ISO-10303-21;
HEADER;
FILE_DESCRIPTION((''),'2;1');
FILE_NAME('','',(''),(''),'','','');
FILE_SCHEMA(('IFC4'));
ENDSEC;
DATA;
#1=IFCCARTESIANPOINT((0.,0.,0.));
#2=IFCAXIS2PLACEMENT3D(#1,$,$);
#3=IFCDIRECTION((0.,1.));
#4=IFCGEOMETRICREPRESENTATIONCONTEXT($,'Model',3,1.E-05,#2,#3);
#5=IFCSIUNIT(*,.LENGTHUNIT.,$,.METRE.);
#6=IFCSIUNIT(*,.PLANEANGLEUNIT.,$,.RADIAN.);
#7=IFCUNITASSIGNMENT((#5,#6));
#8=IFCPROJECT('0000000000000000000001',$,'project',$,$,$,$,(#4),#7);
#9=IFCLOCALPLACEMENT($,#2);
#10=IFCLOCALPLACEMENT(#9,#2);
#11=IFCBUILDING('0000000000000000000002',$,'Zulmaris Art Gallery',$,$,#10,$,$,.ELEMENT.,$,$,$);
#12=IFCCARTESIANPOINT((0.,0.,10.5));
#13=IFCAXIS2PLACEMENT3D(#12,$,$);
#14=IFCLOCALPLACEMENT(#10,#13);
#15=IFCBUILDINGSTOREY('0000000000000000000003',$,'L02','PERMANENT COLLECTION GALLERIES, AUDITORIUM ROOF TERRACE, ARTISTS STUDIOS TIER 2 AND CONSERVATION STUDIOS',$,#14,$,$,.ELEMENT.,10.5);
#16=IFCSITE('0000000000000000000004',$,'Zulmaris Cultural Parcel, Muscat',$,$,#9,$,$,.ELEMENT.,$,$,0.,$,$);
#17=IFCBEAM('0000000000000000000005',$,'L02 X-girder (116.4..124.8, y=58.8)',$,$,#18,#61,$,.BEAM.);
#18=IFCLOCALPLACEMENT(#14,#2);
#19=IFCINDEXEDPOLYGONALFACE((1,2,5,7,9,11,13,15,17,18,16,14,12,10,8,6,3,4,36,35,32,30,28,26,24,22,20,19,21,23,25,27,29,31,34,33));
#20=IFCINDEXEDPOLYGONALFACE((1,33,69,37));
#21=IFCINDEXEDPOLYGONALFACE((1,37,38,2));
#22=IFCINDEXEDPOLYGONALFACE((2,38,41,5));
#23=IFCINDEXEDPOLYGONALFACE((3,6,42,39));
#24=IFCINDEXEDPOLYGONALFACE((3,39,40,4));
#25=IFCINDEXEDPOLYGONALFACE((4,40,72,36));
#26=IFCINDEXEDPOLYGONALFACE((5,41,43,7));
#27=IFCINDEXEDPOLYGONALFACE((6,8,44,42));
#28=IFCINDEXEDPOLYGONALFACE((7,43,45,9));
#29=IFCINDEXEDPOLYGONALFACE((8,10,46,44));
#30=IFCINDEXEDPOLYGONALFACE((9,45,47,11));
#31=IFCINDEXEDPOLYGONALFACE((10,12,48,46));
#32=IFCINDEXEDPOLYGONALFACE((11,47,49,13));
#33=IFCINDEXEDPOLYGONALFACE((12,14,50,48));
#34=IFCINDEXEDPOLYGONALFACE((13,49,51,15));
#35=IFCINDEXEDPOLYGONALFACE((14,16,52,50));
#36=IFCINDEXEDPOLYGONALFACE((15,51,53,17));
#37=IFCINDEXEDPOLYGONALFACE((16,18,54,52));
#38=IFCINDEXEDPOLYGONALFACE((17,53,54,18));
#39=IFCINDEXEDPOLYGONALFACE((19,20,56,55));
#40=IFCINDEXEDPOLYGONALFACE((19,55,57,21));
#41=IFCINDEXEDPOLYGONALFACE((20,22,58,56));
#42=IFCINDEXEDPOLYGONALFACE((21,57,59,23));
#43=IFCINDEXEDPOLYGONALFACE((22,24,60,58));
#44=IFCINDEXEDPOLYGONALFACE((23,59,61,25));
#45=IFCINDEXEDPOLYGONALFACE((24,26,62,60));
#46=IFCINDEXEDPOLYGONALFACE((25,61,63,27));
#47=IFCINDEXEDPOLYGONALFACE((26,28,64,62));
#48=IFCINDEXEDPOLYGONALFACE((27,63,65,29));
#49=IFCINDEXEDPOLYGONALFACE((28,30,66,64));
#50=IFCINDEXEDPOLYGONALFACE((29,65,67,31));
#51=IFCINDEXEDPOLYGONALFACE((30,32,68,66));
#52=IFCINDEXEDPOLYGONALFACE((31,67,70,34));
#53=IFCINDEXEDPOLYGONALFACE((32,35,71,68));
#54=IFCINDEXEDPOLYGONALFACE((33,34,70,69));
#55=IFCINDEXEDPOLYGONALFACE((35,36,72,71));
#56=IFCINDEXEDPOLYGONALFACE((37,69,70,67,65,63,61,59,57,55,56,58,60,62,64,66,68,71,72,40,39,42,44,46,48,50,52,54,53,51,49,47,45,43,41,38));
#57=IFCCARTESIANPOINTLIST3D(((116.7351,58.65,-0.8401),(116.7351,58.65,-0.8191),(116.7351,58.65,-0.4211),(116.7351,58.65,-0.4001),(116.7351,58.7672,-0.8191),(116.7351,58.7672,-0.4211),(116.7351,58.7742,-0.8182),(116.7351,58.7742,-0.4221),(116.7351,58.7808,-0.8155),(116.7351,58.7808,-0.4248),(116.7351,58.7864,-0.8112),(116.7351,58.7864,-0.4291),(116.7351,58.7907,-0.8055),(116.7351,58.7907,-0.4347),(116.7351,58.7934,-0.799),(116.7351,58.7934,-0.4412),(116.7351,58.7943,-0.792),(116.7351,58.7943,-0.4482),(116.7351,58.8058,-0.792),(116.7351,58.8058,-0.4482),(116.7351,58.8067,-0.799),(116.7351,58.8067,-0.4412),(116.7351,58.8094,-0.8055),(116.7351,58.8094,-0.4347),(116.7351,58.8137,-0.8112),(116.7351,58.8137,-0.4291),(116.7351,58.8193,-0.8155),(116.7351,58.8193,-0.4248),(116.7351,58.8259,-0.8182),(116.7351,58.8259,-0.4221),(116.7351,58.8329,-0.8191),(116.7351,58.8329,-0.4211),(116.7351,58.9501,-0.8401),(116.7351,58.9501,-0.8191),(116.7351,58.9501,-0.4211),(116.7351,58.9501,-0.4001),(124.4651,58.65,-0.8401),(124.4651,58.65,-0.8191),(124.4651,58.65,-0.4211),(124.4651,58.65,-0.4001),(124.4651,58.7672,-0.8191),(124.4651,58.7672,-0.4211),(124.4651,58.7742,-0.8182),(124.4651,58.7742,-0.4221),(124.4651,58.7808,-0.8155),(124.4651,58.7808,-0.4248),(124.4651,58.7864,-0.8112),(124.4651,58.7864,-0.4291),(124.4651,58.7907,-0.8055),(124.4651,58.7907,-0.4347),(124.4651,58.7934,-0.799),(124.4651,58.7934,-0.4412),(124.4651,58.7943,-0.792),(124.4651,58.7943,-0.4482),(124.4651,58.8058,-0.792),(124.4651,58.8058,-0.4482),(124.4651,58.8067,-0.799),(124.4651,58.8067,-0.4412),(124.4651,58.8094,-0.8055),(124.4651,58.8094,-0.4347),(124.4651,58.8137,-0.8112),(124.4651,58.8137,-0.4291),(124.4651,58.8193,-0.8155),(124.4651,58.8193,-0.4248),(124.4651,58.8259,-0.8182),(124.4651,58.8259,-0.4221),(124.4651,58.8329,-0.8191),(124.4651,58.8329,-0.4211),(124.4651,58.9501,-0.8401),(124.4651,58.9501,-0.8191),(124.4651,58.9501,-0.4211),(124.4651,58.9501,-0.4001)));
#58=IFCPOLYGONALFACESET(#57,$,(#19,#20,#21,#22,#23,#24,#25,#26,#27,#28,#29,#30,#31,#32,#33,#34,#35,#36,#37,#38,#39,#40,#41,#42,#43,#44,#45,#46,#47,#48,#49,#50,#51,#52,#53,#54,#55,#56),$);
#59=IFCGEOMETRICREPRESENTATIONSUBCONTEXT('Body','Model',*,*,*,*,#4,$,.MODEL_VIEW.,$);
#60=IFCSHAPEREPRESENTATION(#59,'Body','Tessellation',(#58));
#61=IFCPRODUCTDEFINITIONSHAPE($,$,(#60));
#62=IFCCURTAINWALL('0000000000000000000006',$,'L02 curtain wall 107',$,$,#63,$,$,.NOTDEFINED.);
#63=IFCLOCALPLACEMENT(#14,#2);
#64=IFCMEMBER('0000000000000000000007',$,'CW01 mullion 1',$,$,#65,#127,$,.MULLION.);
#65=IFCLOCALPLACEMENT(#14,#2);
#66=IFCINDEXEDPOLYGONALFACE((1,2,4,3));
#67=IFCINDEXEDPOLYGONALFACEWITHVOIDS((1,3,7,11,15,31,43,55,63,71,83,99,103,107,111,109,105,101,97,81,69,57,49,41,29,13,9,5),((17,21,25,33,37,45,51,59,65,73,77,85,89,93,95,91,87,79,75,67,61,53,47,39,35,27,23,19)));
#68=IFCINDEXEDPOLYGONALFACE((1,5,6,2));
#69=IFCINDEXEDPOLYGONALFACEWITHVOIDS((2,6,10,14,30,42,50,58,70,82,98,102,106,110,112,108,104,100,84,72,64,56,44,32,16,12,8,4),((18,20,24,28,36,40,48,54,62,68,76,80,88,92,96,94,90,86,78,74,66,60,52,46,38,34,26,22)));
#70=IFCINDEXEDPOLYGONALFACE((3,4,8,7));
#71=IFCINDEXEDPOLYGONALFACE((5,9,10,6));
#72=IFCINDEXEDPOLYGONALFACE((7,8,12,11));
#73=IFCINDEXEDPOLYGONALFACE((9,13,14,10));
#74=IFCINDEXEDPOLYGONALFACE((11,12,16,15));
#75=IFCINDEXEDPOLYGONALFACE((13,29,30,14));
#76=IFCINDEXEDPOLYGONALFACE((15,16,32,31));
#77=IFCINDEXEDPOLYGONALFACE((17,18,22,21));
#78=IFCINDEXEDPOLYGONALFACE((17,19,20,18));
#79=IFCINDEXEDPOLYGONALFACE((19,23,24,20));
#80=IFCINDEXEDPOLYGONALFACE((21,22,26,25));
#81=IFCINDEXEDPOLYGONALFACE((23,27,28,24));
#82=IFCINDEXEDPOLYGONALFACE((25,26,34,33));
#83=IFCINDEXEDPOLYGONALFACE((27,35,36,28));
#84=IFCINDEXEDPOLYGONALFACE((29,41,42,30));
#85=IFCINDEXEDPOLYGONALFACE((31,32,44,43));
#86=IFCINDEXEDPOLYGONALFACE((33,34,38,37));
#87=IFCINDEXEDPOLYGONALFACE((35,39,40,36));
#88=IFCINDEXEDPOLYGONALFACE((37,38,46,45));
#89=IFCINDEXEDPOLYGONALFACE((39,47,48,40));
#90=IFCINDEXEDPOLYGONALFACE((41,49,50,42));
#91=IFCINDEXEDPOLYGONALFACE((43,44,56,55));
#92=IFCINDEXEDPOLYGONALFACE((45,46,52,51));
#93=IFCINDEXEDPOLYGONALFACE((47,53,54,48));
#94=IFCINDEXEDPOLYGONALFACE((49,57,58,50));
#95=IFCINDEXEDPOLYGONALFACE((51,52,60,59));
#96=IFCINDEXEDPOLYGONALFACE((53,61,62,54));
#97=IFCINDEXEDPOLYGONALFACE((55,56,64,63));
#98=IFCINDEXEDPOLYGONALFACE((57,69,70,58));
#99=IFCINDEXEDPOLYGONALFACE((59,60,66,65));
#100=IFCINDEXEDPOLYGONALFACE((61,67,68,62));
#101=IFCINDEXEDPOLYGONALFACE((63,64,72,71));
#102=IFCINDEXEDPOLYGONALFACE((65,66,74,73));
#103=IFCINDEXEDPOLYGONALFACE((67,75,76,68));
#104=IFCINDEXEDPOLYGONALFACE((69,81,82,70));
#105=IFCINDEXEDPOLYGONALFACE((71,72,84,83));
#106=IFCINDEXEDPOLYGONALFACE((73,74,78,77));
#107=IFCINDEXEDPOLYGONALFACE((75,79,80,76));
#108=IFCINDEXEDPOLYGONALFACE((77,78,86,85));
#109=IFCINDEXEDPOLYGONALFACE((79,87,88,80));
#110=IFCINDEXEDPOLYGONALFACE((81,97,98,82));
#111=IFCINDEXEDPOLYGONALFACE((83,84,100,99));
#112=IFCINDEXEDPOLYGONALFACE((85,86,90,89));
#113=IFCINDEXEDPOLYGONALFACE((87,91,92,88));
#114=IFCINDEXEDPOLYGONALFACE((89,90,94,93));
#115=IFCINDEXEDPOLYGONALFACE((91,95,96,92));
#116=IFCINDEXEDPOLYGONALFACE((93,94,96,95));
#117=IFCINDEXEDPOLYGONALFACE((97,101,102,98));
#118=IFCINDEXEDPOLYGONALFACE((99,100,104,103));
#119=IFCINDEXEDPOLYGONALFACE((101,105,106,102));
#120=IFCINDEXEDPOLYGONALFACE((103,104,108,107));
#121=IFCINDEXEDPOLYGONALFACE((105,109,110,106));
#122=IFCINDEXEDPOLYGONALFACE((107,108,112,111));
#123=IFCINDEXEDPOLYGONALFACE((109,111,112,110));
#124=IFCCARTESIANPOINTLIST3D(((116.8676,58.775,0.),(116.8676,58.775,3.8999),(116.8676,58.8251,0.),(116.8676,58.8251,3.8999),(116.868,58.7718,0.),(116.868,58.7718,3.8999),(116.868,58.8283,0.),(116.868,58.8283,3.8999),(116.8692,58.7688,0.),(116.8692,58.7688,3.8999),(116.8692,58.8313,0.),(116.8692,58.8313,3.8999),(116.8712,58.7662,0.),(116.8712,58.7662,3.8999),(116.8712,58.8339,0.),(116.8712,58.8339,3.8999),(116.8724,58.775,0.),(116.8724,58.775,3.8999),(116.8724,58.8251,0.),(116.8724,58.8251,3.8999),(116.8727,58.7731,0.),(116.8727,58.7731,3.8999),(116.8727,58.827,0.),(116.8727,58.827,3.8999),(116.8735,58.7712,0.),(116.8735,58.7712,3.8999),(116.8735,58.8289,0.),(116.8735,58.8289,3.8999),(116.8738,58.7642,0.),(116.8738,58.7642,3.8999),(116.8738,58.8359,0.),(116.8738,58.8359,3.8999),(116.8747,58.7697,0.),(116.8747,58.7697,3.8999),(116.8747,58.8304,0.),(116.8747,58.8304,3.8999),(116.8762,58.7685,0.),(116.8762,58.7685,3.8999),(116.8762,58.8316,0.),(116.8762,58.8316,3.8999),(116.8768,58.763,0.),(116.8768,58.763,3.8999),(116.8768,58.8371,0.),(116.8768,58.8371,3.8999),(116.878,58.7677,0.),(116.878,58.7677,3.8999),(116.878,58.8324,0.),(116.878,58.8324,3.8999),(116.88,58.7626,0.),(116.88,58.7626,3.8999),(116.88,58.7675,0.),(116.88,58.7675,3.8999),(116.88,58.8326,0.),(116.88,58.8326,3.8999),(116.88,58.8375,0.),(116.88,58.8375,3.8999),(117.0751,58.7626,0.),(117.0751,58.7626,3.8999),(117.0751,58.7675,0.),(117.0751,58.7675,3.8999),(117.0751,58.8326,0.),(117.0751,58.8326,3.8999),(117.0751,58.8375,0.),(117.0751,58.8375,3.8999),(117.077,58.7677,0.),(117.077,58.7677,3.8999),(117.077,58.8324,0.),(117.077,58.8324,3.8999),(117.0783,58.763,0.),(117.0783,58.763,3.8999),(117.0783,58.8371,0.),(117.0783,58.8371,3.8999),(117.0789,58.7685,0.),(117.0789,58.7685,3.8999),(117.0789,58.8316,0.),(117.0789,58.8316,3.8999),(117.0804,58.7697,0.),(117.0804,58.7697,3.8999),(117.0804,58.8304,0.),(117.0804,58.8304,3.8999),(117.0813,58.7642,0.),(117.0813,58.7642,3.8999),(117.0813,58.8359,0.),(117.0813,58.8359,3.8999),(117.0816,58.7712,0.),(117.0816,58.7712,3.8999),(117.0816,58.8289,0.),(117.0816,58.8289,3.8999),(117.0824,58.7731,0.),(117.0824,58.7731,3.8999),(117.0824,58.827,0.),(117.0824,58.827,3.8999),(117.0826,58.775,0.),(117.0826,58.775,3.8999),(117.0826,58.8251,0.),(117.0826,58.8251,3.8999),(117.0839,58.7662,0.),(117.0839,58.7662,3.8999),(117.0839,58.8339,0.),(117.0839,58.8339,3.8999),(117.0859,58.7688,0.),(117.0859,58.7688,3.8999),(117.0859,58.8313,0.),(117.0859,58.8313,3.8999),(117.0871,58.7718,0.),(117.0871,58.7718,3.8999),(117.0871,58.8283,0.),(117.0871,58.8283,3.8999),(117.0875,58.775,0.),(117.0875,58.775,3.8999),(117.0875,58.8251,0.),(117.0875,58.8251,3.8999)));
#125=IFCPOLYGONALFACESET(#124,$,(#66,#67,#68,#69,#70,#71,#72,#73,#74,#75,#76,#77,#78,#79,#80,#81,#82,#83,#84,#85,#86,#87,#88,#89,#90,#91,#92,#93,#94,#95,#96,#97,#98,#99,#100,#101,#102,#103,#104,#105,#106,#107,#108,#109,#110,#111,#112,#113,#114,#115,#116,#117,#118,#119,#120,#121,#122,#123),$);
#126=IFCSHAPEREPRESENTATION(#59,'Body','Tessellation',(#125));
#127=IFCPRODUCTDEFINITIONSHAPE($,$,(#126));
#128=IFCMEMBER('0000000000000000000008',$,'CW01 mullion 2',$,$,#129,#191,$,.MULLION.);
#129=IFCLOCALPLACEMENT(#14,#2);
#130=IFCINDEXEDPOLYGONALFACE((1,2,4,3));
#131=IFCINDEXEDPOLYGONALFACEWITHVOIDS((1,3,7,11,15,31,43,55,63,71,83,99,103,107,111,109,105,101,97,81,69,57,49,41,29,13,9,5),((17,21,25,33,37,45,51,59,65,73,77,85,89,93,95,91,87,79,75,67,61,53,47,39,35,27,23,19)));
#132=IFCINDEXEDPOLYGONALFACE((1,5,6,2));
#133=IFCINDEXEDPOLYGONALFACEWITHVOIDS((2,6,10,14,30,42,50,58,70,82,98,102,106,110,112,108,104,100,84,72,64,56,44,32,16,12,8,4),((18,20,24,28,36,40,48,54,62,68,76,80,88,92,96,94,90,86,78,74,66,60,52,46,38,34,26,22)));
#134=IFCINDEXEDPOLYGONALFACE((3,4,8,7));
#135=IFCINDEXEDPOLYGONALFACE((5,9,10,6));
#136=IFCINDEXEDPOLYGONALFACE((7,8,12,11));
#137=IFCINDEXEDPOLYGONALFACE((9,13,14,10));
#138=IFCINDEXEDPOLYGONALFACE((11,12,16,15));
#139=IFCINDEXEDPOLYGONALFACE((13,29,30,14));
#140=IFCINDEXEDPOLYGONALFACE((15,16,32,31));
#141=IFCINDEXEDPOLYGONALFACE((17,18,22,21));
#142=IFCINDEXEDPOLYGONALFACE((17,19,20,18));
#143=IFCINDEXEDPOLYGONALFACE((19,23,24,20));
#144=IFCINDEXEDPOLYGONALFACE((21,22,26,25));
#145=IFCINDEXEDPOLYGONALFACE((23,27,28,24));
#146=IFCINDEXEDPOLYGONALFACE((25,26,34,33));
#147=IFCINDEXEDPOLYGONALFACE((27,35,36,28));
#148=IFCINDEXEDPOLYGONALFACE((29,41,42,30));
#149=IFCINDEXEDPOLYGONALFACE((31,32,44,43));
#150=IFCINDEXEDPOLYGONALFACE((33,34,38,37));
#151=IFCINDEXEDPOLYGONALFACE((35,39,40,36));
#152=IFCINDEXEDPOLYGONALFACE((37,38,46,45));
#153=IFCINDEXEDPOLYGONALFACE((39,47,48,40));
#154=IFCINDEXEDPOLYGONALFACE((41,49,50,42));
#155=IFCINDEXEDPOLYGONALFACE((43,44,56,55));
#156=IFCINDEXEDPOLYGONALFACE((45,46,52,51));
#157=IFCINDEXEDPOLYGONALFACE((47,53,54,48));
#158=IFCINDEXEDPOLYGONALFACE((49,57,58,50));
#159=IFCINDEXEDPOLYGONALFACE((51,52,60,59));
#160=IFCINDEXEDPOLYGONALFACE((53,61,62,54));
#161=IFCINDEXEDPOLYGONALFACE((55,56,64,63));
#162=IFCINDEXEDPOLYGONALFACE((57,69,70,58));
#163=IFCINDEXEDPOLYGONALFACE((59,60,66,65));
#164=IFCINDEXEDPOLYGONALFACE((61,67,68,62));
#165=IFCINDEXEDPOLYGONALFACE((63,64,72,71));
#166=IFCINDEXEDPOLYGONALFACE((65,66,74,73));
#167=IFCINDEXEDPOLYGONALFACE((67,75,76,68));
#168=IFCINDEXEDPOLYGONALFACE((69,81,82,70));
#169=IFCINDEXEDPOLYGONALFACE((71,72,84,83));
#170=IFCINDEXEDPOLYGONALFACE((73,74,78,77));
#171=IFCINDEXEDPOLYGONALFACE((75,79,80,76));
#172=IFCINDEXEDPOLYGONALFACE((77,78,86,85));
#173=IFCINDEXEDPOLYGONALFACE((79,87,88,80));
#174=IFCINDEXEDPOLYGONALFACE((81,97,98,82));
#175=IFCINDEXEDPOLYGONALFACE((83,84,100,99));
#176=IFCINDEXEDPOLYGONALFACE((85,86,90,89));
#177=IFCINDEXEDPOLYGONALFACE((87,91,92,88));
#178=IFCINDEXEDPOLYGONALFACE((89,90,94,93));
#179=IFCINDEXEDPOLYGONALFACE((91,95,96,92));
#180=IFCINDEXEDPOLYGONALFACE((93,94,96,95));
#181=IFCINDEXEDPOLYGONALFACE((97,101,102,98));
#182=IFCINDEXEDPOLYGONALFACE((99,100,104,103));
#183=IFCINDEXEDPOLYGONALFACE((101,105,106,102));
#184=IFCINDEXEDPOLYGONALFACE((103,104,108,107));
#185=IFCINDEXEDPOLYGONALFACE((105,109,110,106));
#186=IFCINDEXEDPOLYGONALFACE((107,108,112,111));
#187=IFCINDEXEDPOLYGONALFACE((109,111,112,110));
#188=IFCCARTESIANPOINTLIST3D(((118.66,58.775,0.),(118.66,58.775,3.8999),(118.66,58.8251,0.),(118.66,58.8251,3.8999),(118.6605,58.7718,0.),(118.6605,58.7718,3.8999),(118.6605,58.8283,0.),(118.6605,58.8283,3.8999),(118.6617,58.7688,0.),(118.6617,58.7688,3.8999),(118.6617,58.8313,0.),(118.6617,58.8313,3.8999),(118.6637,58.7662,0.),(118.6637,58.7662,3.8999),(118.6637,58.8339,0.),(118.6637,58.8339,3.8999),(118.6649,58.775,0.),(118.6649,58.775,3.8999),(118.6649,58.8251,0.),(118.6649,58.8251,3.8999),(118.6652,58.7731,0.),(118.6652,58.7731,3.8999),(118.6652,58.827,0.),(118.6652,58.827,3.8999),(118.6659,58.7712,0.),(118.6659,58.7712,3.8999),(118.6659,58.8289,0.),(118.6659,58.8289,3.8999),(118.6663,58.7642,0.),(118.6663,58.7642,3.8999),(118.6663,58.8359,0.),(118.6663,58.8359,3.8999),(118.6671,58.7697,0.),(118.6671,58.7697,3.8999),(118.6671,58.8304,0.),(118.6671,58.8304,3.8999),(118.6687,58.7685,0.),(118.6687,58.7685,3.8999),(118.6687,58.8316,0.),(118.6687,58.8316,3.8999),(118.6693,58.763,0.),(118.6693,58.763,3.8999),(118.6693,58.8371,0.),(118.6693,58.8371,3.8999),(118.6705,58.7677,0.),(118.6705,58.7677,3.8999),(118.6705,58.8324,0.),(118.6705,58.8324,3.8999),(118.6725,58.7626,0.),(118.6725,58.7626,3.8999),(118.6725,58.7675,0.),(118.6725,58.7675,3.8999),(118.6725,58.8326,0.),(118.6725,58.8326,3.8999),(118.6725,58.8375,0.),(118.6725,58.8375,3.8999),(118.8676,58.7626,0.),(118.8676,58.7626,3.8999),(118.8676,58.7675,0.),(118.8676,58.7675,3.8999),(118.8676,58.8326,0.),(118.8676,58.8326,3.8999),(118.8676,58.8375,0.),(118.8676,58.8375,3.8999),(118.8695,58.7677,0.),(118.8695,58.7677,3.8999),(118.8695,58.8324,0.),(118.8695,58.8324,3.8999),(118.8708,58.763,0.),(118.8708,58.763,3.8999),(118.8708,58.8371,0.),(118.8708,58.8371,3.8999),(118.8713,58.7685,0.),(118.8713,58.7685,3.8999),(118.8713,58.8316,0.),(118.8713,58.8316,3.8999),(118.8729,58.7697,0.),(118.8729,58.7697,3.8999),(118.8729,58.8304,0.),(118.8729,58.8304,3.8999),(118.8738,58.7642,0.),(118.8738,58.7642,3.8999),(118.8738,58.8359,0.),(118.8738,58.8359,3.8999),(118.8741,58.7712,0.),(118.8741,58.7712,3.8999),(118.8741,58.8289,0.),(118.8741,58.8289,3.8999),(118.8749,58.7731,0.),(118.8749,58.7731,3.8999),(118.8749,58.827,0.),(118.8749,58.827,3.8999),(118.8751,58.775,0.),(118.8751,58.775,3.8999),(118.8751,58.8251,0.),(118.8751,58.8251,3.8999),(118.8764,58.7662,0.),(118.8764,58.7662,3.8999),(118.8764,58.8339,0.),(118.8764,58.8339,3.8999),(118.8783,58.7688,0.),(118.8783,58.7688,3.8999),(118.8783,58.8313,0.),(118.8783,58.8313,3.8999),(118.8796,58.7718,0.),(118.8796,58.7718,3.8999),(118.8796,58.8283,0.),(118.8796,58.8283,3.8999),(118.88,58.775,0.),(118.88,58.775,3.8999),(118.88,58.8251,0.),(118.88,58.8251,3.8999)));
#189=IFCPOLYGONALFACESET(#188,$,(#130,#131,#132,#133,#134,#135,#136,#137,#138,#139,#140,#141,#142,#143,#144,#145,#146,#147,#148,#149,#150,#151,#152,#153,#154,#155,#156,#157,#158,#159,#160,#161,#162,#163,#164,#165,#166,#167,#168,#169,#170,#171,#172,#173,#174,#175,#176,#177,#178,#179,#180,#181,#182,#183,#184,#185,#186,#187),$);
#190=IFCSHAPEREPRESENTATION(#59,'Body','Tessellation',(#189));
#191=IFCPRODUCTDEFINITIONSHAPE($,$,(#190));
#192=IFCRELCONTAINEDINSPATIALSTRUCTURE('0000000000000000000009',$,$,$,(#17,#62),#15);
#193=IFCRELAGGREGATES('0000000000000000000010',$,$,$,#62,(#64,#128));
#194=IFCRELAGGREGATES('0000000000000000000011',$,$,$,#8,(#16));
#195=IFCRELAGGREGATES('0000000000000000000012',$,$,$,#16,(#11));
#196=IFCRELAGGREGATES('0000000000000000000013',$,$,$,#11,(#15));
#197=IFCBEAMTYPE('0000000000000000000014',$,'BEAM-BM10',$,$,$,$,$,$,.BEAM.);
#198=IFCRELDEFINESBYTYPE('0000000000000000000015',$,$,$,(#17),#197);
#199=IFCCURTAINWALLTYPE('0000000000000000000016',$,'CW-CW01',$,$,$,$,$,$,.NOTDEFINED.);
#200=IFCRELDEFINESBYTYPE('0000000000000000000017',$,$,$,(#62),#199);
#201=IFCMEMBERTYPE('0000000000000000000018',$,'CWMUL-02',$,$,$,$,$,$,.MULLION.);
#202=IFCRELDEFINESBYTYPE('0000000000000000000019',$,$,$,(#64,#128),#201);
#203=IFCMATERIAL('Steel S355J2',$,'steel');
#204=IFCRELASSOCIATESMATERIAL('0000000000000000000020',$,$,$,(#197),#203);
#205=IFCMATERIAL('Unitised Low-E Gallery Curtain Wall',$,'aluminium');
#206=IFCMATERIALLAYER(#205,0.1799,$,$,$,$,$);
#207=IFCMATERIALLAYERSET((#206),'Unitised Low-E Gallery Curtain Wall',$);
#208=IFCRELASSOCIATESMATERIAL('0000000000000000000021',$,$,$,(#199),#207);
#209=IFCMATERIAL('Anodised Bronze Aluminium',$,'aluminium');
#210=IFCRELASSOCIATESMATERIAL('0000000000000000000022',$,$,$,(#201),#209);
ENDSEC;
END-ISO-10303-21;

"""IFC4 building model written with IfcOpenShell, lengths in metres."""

from ifc_helpers import new_model, si_unit, direction, frame, origin, origin_2d, place, context, subcontext, project, spatial, hollow_rectangle, i_section, extrude, material, layer, layer_set, material_profile, profile_set, type_object, element, aggregate, save


model = new_model("IFC4")

# Units and contexts
model_context = context("Model", 3, precision=1e-05, world=origin(), true_north=direction((0.0, 1.0)))
body_context = subcontext(model_context, "Body", "Model", "MODEL_VIEW")
ifc_project = project(units=[si_unit("LENGTHUNIT", "METRE"), si_unit("PLANEANGLEUNIT", "RADIAN")], contexts=[model_context])

# Site, building, storey
site_placement = place(None, origin())
site = spatial("IfcSite", under=ifc_project, at=site_placement, Name="Zulmaris Cultural Parcel, Muscat", CompositionType="ELEMENT", RefElevation=0.0)
building_placement = place(site_placement, origin())
building = spatial("IfcBuilding", under=site, at=building_placement, Name="Zulmaris Art Gallery", CompositionType="ELEMENT")
storey_placement = place(building_placement, frame((0.0, 0.0, 10.5)))
storey = spatial("IfcBuildingStorey", under=building, at=storey_placement, Name="L02", Description="PERMANENT COLLECTION GALLERIES, AUDITORIUM ROOF TERRACE, ARTISTS STUDIOS TIER 2 AND CONSERVATION STUDIOS", CompositionType="ELEMENT", Elevation=10.5)

# Beam
ifc_material_1 = material(Name="Steel S355J2", Category="steel")
ifc_material_profile_1 = material_profile(ifc_material_1, i_section(OverallWidth=0.3, OverallDepth=0.4399, WebThickness=0.0115, FlangeThickness=0.021, FilletRadius=0.0271, at=origin_2d()), Name="HEA 450")
ifc_profile_set_1 = profile_set([ifc_material_profile_1], Name="Steel S355J2")
beam_type = type_object("IfcBeamType", Name="BEAM-BM10", PredefinedType="BEAM", material=ifc_profile_set_1)
beam_placement = place(storey_placement, frame((116.7351, 58.8, -0.6201), z_axis=(1.0, 0.0, 0.0), x_axis=(0.0, 1.0, 0.0)))
element("IfcBeam", 1, at=beam_placement, inside=storey, type_object=beam_type, Name="L02 X-girder (116.4..124.8, y=58.8)", PredefinedType="BEAM", context=body_context, shape_type="SweptSolid", body=[
    extrude(i_section(OverallWidth=0.3, OverallDepth=0.4399, WebThickness=0.0115, FlangeThickness=0.021, FilletRadius=0.0271, at=origin_2d()), origin(), (0.0, 0.0, 1.0), 7.73),
])

# Curtain wall, members
ifc_material_2 = material(Name="Unitised Low-E Gallery Curtain Wall", Category="aluminium")
ifc_layer_1 = layer(ifc_material_2, 0.1799)
ifc_layer_set_1 = layer_set([ifc_layer_1], Name="Unitised Low-E Gallery Curtain Wall")
curtain_wall_type = type_object("IfcCurtainWallType", Name="CW-CW01", PredefinedType="NOTDEFINED", material=ifc_layer_set_1)
curtain_wall_1_placement = place(storey_placement, origin())
curtain_wall_1 = element("IfcCurtainWall", 2, at=curtain_wall_1_placement, inside=storey, type_object=curtain_wall_type, Name="L02 curtain wall 107", PredefinedType="NOTDEFINED")
ifc_material_3 = material(Name="Anodised Bronze Aluminium", Category="aluminium")
ifc_material_profile_2 = material_profile(ifc_material_3, hollow_rectangle(XDim=0.075, YDim=0.22, WallThickness=0.0049, InnerFilletRadius=0.0076, OuterFilletRadius=0.0125, at=origin_2d()), Name="ALU 75x220x5")
ifc_profile_set_2 = profile_set([ifc_material_profile_2], Name="Anodised Bronze Aluminium")
member_type_1 = type_object("IfcMemberType", Name="CWMUL-02", PredefinedType="MULLION", material=ifc_profile_set_2)
member_1_placement = place(storey_placement, frame((116.9775, 58.8, 0.0), z_axis=(0.0, 0.0, 1.0), x_axis=(0.0, 1.0, 0.0)))
member_1 = element("IfcMember", 3, at=member_1_placement, type_object=member_type_1, Name="CW01 mullion 1", PredefinedType="MULLION", context=body_context, shape_type="SweptSolid", body=[
    extrude(hollow_rectangle(XDim=0.075, YDim=0.22, WallThickness=0.0049, InnerFilletRadius=0.0076, OuterFilletRadius=0.0125, at=origin_2d()), origin(), (0.0, 0.0, 1.0), 3.8999),
])
member_2_placement = place(storey_placement, frame((118.77, 58.8, 0.0), z_axis=(0.0, 0.0, 1.0), x_axis=(0.0, 1.0, 0.0)))
member_2 = element("IfcMember", 4, at=member_2_placement, type_object=member_type_1, Name="CW01 mullion 2", PredefinedType="MULLION", context=body_context, shape_type="SweptSolid", body=[
    extrude(hollow_rectangle(XDim=0.075, YDim=0.22, WallThickness=0.0049, InnerFilletRadius=0.0076, OuterFilletRadius=0.0125, at=origin_2d()), origin(), (0.0, 0.0, 1.0), 3.8999),
])

aggregate(curtain_wall_1, [member_1, member_2])

save(model, "model.ifc")
